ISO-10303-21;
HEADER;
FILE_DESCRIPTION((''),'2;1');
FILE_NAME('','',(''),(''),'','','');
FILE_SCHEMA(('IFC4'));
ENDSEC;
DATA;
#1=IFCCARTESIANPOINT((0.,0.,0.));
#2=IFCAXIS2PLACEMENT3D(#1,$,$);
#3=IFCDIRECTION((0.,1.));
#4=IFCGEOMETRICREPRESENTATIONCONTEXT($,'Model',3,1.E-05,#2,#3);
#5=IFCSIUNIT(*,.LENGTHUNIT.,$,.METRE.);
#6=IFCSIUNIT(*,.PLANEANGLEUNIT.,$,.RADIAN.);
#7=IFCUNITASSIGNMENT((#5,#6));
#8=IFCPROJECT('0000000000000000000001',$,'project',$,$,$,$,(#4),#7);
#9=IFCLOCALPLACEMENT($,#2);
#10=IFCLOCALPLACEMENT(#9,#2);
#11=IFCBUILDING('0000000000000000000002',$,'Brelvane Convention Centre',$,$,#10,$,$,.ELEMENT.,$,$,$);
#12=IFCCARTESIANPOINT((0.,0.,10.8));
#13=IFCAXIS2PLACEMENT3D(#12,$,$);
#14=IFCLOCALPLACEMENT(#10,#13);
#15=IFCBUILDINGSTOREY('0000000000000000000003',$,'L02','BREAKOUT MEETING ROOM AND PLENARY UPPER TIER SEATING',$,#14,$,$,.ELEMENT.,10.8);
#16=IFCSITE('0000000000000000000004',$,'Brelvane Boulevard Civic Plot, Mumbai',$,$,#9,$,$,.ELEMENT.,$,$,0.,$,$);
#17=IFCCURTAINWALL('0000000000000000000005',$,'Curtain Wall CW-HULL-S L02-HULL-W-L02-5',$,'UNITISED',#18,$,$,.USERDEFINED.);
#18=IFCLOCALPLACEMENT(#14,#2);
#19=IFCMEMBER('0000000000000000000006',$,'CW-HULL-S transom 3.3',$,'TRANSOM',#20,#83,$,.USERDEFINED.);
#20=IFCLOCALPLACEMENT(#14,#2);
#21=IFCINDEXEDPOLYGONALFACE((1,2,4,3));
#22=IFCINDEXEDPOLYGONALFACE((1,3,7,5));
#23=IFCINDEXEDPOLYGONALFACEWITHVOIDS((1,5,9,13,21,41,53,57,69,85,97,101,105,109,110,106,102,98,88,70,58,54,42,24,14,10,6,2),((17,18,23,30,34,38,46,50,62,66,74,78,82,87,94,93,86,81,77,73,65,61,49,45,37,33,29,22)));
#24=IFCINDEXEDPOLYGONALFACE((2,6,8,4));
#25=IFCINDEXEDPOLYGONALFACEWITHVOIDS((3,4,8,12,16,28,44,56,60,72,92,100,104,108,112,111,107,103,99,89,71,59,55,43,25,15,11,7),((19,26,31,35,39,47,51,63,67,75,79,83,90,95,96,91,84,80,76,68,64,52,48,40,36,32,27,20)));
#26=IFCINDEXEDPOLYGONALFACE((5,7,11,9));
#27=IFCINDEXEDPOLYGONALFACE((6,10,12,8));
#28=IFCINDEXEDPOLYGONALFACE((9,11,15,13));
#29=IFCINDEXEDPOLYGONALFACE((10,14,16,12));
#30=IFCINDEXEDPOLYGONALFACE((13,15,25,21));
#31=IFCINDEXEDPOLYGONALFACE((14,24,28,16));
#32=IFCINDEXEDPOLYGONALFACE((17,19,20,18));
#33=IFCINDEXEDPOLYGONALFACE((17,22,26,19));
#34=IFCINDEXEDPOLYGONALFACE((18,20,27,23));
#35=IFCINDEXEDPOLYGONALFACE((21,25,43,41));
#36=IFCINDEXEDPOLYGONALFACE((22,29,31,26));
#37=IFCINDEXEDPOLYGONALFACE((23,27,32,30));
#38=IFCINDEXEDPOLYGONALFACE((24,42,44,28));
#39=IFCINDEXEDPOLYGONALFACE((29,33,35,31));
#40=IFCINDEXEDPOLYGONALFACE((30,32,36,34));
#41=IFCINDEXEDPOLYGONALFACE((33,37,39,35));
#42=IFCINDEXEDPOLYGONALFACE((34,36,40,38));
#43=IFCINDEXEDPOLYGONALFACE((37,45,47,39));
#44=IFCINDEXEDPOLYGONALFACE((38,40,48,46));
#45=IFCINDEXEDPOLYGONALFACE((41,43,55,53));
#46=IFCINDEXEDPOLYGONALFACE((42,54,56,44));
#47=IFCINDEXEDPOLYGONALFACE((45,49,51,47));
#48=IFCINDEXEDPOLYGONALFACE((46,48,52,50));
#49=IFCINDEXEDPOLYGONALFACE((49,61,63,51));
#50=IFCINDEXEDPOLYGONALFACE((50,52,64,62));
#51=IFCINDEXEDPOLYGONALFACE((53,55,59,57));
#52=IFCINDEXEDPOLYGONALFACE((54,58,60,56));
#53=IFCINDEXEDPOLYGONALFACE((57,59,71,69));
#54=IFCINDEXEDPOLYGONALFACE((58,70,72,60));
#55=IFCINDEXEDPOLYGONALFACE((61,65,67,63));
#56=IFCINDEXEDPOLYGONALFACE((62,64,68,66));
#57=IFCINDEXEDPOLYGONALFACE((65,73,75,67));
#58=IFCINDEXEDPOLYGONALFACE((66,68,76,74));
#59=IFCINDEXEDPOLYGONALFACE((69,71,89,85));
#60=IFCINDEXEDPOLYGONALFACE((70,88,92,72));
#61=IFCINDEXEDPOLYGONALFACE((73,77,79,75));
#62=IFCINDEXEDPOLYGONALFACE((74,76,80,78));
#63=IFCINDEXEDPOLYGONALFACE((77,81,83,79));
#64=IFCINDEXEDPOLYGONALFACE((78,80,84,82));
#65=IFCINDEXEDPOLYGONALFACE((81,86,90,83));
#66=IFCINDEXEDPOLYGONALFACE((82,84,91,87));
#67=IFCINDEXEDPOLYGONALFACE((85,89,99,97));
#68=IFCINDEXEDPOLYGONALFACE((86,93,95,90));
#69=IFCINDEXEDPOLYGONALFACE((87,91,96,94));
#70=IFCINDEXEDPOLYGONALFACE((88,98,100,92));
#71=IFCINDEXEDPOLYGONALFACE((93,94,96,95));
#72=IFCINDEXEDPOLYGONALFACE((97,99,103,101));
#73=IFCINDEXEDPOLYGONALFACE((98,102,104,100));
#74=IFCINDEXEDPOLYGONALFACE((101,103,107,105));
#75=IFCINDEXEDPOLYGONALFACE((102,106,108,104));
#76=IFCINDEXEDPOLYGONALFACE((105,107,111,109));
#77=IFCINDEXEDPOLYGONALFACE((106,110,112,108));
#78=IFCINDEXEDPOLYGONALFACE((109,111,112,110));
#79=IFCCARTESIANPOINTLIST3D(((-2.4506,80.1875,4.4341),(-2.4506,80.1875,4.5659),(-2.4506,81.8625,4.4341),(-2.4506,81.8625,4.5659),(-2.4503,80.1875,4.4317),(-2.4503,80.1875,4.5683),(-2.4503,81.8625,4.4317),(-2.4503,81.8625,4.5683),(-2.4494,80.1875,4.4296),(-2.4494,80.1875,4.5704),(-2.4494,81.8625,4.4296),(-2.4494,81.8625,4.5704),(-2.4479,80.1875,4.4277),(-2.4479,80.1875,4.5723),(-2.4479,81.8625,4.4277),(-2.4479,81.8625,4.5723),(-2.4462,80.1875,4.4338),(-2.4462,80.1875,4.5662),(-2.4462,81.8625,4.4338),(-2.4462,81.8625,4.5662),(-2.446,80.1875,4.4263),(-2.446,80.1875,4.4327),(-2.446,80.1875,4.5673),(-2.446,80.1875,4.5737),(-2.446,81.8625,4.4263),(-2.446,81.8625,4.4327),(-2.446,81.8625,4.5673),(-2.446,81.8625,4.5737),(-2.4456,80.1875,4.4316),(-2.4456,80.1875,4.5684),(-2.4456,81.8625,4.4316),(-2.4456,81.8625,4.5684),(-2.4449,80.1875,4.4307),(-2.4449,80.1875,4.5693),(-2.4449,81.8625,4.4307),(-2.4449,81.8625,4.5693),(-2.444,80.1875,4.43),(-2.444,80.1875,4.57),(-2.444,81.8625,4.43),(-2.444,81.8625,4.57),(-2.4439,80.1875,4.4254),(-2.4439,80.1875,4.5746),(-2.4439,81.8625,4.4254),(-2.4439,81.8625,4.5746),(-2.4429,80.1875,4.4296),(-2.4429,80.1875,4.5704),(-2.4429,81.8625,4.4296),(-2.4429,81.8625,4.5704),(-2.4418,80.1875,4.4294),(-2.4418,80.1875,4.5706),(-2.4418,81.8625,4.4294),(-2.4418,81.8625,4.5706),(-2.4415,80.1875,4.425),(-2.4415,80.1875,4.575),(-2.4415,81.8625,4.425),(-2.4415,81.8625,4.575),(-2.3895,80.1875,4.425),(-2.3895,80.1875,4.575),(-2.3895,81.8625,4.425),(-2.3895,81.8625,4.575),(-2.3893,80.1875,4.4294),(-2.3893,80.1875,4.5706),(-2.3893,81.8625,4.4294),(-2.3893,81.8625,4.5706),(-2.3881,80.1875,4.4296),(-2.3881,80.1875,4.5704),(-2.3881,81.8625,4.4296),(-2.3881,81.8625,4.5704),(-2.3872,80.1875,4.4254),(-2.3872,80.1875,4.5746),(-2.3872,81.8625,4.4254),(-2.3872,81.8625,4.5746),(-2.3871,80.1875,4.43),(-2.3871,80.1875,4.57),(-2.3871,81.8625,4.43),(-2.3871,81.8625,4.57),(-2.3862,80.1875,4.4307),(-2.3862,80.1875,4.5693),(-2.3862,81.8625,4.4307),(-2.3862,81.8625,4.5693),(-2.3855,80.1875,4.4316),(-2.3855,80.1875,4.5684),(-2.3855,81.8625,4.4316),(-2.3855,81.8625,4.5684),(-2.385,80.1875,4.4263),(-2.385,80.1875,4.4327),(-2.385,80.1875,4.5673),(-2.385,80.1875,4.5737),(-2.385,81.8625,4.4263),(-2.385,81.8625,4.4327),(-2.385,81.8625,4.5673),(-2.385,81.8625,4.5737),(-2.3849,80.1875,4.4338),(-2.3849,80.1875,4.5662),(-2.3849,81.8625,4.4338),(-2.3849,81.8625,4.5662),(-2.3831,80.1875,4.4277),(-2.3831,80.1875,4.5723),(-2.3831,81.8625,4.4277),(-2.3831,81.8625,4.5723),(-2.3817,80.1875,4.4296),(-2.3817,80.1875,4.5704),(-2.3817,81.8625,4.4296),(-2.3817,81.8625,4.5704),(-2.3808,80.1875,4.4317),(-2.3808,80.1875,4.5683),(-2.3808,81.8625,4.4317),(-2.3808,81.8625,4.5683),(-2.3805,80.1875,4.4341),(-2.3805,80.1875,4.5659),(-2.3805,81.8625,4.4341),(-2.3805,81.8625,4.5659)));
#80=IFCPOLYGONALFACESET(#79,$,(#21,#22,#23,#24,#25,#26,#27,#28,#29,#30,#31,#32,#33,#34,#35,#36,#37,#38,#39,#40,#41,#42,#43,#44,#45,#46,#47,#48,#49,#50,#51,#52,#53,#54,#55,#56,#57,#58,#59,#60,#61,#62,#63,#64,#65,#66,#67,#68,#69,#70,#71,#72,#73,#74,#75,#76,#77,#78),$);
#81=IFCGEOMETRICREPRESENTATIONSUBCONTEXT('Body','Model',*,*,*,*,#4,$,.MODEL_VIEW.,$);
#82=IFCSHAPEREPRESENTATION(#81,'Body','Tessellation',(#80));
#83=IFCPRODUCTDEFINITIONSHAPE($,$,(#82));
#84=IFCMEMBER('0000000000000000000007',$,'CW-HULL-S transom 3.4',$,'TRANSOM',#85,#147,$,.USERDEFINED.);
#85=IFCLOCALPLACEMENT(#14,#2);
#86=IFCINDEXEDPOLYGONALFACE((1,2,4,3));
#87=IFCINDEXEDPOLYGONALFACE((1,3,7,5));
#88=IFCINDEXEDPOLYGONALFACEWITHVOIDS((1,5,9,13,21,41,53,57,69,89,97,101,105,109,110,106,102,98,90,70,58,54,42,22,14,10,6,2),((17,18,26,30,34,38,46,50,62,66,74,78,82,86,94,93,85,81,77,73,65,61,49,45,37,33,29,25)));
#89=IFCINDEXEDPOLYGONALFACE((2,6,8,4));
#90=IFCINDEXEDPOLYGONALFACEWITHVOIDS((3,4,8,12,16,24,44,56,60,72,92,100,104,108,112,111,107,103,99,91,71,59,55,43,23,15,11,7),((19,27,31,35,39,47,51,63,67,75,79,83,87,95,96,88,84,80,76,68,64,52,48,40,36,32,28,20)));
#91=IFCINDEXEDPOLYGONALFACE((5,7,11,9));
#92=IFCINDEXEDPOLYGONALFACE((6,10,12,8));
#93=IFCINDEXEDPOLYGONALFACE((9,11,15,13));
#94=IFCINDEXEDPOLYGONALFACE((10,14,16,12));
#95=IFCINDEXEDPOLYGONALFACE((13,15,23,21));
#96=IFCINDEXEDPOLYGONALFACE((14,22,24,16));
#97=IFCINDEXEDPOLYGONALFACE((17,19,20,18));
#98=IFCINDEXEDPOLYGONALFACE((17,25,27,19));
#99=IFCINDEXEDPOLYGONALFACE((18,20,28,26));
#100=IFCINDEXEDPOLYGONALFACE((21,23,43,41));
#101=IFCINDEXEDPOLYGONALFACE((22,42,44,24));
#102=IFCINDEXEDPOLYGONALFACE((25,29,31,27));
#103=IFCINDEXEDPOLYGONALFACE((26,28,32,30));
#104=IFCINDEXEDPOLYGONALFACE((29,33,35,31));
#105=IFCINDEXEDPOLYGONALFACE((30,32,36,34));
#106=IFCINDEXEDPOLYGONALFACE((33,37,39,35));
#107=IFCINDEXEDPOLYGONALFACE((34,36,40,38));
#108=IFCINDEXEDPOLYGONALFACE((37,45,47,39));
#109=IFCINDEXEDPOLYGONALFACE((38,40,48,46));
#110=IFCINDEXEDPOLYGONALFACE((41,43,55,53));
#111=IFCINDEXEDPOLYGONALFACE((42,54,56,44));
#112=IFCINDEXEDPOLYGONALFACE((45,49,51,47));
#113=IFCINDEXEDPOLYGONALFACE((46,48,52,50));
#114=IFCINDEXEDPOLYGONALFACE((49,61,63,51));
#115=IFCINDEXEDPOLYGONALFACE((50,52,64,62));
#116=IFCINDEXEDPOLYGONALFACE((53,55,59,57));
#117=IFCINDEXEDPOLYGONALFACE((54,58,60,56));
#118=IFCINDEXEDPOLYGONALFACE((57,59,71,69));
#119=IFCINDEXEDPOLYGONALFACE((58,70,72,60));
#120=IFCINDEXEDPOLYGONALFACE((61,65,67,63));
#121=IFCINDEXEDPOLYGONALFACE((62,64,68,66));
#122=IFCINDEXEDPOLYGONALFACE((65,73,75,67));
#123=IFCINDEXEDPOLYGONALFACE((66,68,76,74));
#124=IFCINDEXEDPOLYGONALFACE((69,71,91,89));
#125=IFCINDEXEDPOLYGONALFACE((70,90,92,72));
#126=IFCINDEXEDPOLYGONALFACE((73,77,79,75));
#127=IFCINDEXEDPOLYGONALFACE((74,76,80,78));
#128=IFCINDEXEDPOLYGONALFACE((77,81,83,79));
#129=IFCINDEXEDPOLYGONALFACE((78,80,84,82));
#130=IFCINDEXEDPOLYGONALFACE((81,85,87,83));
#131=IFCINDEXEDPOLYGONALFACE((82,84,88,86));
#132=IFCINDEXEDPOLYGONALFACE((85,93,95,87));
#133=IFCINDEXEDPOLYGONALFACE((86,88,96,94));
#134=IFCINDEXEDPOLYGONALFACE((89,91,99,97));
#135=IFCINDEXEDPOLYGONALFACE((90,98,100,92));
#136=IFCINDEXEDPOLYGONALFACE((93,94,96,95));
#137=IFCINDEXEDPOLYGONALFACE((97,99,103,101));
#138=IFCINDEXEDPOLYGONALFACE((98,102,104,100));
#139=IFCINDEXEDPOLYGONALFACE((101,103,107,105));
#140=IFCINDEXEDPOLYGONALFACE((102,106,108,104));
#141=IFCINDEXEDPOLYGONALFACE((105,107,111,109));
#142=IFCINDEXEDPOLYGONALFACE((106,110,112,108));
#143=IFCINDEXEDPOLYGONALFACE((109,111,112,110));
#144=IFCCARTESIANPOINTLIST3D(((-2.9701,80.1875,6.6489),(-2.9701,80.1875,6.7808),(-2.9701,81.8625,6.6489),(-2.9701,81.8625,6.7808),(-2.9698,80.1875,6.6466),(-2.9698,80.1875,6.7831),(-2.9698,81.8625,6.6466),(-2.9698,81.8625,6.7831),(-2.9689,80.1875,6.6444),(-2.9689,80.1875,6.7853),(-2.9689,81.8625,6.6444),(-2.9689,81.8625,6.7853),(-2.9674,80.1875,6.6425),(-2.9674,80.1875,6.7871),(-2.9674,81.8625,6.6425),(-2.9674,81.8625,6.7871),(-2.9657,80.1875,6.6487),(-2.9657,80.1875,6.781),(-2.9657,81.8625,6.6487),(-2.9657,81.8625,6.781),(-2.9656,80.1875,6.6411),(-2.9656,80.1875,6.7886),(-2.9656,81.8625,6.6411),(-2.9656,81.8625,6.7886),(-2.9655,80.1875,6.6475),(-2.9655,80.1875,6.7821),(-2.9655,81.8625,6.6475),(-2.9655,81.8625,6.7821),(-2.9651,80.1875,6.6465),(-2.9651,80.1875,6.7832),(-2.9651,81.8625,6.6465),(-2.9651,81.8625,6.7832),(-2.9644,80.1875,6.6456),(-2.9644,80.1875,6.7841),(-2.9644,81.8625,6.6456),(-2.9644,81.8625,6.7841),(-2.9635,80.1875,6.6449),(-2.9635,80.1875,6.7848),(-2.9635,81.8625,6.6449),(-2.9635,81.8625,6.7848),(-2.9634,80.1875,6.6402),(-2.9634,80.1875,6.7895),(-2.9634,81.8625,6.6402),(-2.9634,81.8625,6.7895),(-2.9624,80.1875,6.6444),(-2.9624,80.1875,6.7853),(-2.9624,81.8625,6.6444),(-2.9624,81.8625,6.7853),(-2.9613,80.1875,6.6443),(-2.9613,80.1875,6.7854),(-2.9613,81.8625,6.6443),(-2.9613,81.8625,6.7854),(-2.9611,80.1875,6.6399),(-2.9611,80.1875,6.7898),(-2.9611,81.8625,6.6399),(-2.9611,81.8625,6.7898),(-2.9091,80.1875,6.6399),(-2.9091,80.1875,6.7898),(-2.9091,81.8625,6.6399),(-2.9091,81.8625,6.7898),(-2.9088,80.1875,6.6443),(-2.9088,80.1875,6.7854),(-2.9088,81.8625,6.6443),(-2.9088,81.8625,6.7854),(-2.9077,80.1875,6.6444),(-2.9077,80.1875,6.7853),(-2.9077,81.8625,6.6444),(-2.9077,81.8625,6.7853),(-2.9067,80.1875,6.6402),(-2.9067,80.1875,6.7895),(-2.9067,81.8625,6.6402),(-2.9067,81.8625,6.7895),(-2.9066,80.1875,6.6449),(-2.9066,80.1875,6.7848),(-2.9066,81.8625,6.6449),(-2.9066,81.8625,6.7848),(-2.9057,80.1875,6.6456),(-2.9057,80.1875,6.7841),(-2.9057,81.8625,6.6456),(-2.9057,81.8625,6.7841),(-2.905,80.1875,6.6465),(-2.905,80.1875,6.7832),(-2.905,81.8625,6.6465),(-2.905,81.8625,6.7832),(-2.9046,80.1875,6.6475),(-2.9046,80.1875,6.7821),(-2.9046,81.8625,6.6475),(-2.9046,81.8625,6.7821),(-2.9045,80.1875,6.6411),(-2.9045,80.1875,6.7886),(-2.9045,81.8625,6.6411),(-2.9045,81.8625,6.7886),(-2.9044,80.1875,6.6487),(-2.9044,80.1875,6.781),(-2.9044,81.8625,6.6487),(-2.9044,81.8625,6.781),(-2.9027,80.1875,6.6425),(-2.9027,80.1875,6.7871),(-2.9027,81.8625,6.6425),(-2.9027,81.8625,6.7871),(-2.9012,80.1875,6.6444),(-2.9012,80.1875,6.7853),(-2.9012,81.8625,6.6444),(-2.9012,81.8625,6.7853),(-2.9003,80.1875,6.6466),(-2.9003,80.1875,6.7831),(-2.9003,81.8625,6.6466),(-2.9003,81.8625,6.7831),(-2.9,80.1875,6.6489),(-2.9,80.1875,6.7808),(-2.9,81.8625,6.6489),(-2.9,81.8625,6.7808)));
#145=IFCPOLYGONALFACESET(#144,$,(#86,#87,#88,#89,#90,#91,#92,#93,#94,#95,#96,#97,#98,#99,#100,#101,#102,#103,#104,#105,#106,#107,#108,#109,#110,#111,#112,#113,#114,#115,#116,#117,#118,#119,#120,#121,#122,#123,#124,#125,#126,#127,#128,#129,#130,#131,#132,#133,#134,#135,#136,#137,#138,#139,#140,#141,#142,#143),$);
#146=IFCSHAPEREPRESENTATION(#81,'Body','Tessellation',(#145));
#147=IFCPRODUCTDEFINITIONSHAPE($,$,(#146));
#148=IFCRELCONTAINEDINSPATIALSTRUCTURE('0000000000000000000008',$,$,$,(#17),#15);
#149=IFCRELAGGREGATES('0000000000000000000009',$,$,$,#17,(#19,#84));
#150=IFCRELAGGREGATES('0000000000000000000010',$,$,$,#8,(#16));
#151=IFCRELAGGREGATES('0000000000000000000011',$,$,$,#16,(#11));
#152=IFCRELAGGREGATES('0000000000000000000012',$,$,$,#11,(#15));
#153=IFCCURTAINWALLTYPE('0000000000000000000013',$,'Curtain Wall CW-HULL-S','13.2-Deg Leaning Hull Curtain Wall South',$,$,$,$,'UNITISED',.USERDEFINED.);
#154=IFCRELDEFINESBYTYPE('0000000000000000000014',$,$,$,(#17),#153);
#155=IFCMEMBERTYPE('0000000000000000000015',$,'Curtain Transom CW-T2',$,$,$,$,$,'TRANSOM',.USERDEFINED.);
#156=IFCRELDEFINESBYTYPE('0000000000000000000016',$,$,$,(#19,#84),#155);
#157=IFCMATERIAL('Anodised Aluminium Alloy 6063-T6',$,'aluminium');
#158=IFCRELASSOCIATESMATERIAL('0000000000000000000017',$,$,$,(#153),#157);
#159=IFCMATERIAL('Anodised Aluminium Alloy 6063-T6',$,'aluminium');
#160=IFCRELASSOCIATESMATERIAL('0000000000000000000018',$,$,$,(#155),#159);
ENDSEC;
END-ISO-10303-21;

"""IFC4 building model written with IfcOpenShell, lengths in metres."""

from ifc_helpers import new_model, si_unit, direction, frame, origin, origin_2d, place, context, subcontext, project, spatial, hollow_rectangle, extrude, material, material_profile, profile_set, type_object, element, aggregate, save


model = new_model("IFC4")

# Units and contexts
model_context = context("Model", 3, precision=1e-05, world=origin(), true_north=direction((0.0, 1.0)))
body_context = subcontext(model_context, "Body", "Model", "MODEL_VIEW")
ifc_project = project(units=[si_unit("LENGTHUNIT", "METRE"), si_unit("PLANEANGLEUNIT", "RADIAN")], contexts=[model_context])

# Site, building, storey
site_placement = place(None, origin())
site = spatial("IfcSite", under=ifc_project, at=site_placement, Name="Brelvane Boulevard Civic Plot, Mumbai", CompositionType="ELEMENT", RefElevation=0.0)
building_placement = place(site_placement, origin())
building = spatial("IfcBuilding", under=site, at=building_placement, Name="Brelvane Convention Centre", CompositionType="ELEMENT")
storey_placement = place(building_placement, frame((0.0, 0.0, 10.8)))
storey = spatial("IfcBuildingStorey", under=building, at=storey_placement, Name="L02", Description="BREAKOUT MEETING ROOM AND PLENARY UPPER TIER SEATING", CompositionType="ELEMENT", Elevation=10.8)

# Curtain wall, members
ifc_material_1 = material(Name="Anodised Aluminium Alloy 6063-T6", Category="aluminium")
curtain_wall_type = type_object("IfcCurtainWallType", Name="Curtain Wall CW-HULL-S", Description="13.2-Deg Leaning Hull Curtain Wall South", ElementType="UNITISED", PredefinedType="USERDEFINED", material=ifc_material_1)
curtain_wall_placement = place(storey_placement, origin())
curtain_wall = element("IfcCurtainWall", 1, at=curtain_wall_placement, inside=storey, type_object=curtain_wall_type, Name="Curtain Wall CW-HULL-S L02-HULL-W-L02-5", ObjectType="UNITISED", PredefinedType="USERDEFINED")
ifc_material_2 = material(Name="Anodised Aluminium Alloy 6063-T6", Category="aluminium")
ifc_material_profile_1 = material_profile(ifc_material_2, hollow_rectangle(XDim=0.0701, YDim=0.1499, WallThickness=0.0044, InnerFilletRadius=0.0044, OuterFilletRadius=0.009, at=origin_2d()), Name="ALU-T 150x70x4.5")
ifc_profile_set_1 = profile_set([ifc_material_profile_1], Name="Anodised Aluminium Alloy 6063-T6")
member_type_1 = type_object("IfcMemberType", Name="Curtain Transom CW-T2", ElementType="TRANSOM", PredefinedType="USERDEFINED", material=ifc_profile_set_1)
member_1_placement = place(storey_placement, frame((-2.4155, 80.1875, 4.5), z_axis=(0.0, 1.0, 0.0), x_axis=(-1.0, 0.0, 0.0)))
member_1 = element("IfcMember", 2, at=member_1_placement, type_object=member_type_1, Name="CW-HULL-S transom 3.3", ObjectType="TRANSOM", PredefinedType="USERDEFINED", context=body_context, shape_type="SweptSolid", body=[
    extrude(hollow_rectangle(XDim=0.0701, YDim=0.1499, WallThickness=0.0044, InnerFilletRadius=0.0044, OuterFilletRadius=0.009, at=origin_2d()), origin(), (0.0, 0.0, 1.0), 1.675),
])
member_2_placement = place(storey_placement, frame((-2.9351, 80.1875, 6.7148), z_axis=(0.0, 1.0, 0.0), x_axis=(-1.0, 0.0, 0.0)))
member_2 = element("IfcMember", 3, at=member_2_placement, type_object=member_type_1, Name="CW-HULL-S transom 3.4", ObjectType="TRANSOM", PredefinedType="USERDEFINED", context=body_context, shape_type="SweptSolid", body=[
    extrude(hollow_rectangle(XDim=0.0701, YDim=0.1499, WallThickness=0.0044, InnerFilletRadius=0.0044, OuterFilletRadius=0.009, at=origin_2d()), origin(), (0.0, 0.0, 1.0), 1.675),
])
aggregate(curtain_wall, [member_1, member_2])

save(model, "model.ifc")
